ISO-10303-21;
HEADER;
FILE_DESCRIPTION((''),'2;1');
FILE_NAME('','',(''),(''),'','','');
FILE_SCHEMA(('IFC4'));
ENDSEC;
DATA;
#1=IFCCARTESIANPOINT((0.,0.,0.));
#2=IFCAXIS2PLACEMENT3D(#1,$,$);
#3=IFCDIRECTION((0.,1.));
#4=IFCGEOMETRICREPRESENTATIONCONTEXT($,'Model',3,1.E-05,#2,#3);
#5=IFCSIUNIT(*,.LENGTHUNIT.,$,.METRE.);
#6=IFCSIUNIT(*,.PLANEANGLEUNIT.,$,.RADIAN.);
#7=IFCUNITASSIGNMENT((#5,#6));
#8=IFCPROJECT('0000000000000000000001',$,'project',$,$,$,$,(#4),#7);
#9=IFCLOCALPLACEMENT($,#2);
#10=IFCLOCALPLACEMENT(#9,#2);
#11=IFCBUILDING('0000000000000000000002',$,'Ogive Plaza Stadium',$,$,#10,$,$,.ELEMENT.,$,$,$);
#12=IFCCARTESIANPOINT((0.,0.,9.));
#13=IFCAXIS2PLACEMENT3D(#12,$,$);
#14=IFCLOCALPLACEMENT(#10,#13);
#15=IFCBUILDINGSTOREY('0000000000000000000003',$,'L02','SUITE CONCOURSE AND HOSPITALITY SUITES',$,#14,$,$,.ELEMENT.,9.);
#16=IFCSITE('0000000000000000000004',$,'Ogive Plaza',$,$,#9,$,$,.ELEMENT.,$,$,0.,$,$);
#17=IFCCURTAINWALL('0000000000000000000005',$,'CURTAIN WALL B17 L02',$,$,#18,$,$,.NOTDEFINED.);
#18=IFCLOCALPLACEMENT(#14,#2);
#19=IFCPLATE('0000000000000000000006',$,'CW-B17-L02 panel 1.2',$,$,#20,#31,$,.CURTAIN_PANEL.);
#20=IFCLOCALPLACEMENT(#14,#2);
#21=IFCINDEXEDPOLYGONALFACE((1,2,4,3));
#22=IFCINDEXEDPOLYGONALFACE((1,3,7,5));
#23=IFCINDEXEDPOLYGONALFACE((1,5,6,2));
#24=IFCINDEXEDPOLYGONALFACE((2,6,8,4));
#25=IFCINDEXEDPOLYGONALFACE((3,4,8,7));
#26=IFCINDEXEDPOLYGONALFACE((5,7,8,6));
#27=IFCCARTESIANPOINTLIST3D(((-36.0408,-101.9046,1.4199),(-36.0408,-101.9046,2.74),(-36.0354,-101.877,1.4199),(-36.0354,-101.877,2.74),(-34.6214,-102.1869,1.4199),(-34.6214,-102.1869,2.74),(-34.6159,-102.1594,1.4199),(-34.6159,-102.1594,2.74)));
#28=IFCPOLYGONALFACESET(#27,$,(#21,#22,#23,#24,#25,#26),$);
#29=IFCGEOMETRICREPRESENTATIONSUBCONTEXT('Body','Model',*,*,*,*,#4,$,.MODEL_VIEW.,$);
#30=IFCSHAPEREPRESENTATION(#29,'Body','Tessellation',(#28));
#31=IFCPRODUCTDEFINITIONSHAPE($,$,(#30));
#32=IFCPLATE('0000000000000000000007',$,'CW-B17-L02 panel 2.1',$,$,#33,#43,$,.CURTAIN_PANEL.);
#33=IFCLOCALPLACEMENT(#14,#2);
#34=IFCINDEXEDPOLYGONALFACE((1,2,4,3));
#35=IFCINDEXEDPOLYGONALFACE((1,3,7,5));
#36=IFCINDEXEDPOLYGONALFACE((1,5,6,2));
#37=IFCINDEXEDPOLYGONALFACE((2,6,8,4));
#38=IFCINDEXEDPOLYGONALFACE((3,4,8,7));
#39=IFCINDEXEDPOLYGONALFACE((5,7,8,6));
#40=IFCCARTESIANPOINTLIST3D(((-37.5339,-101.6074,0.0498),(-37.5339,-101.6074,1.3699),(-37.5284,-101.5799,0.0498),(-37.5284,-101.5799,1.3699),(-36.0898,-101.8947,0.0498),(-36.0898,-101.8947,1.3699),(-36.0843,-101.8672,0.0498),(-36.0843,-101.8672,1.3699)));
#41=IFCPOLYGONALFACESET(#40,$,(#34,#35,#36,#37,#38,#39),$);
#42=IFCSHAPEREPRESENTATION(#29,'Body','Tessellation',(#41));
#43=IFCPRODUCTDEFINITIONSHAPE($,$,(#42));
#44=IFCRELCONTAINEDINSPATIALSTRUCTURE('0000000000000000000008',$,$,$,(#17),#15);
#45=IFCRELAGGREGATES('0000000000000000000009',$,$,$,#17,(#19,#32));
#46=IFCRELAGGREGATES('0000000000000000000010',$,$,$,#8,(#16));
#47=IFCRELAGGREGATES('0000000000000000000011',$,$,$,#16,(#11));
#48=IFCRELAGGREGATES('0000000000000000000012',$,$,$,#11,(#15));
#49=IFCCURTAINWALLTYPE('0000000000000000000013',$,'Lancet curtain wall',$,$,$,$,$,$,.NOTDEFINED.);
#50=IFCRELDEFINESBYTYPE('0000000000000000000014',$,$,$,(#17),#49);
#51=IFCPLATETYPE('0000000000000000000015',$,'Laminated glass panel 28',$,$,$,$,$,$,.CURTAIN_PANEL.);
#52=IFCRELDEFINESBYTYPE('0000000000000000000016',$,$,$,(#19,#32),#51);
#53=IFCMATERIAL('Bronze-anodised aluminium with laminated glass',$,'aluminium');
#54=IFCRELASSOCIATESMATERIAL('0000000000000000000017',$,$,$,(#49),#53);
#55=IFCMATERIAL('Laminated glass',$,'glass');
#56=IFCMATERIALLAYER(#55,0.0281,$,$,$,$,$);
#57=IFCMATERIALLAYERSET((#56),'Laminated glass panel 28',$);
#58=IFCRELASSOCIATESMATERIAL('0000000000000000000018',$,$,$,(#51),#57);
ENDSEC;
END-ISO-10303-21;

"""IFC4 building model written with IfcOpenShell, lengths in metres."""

from ifc_helpers import new_model, si_unit, direction, frame, origin, origin_2d, place, context, subcontext, project, spatial, rectangle, extrude, material, layer, layer_set, type_object, element, aggregate, save


model = new_model("IFC4")

# Units and contexts
model_context = context("Model", 3, precision=1e-05, world=origin(), true_north=direction((0.0, 1.0)))
body_context = subcontext(model_context, "Body", "Model", "MODEL_VIEW")
ifc_project = project(units=[si_unit("LENGTHUNIT", "METRE"), si_unit("PLANEANGLEUNIT", "RADIAN")], contexts=[model_context])

# Site, building, storey
site_placement = place(None, origin())
site = spatial("IfcSite", under=ifc_project, at=site_placement, Name="Ogive Plaza", CompositionType="ELEMENT", RefElevation=0.0)
building_placement = place(site_placement, origin())
building = spatial("IfcBuilding", under=site, at=building_placement, Name="Ogive Plaza Stadium", CompositionType="ELEMENT")
storey_placement = place(building_placement, frame((0.0, 0.0, 9.0)))
storey = spatial("IfcBuildingStorey", under=building, at=storey_placement, Name="L02", Description="SUITE CONCOURSE AND HOSPITALITY SUITES", CompositionType="ELEMENT", Elevation=9.0)

# Curtain wall
ifc_material_1 = material(Name="Bronze-anodised aluminium with laminated glass", Category="aluminium")
curtain_wall_type = type_object("IfcCurtainWallType", Name="Lancet curtain wall", PredefinedType="NOTDEFINED", material=ifc_material_1)
curtain_wall_1_placement = place(storey_placement, origin())
curtain_wall_1 = element("IfcCurtainWall", 1, at=curtain_wall_1_placement, inside=storey, type_object=curtain_wall_type, Name="CURTAIN WALL B17 L02", PredefinedType="NOTDEFINED")

# Plates
ifc_material_2 = material(Name="Laminated glass", Category="glass")
ifc_layer = layer(ifc_material_2, 0.0281)
ifc_layer_set = layer_set([ifc_layer], Name="Laminated glass panel 28")
plate_type = type_object("IfcPlateType", Name="Laminated glass panel 28", PredefinedType="CURTAIN_PANEL", material=ifc_layer_set)
plate_1_placement = place(storey_placement, frame((-35.3284, -102.032, 1.4199), z_axis=(0.0, 0.0, 1.0), x_axis=(-0.980785, 0.19509, 0.0)))
plate_1 = element("IfcPlate", 2, at=plate_1_placement, type_object=plate_type, Name="CW-B17-L02 panel 1.2", PredefinedType="CURTAIN_PANEL", context=body_context, shape_type="SweptSolid", body=[
    extrude(rectangle(XDim=1.4473, YDim=0.0281, at=origin_2d()), origin(), (0.0, 0.0, 1.0), 1.3201),
])
plate_2_placement = place(storey_placement, frame((-36.8091, -101.7373, 0.0498), z_axis=(0.0, 0.0, 1.0), x_axis=(-0.980785, 0.19509, 0.0)))
plate_2 = element("IfcPlate", 3, at=plate_2_placement, type_object=plate_type, Name="CW-B17-L02 panel 2.1", PredefinedType="CURTAIN_PANEL", context=body_context, shape_type="SweptSolid", body=[
    extrude(rectangle(XDim=1.4724, YDim=0.0281, at=origin_2d()), origin(), (0.0, 0.0, 1.0), 1.3201),
])
aggregate(curtain_wall_1, [plate_1, plate_2])

save(model, "model.ifc")
